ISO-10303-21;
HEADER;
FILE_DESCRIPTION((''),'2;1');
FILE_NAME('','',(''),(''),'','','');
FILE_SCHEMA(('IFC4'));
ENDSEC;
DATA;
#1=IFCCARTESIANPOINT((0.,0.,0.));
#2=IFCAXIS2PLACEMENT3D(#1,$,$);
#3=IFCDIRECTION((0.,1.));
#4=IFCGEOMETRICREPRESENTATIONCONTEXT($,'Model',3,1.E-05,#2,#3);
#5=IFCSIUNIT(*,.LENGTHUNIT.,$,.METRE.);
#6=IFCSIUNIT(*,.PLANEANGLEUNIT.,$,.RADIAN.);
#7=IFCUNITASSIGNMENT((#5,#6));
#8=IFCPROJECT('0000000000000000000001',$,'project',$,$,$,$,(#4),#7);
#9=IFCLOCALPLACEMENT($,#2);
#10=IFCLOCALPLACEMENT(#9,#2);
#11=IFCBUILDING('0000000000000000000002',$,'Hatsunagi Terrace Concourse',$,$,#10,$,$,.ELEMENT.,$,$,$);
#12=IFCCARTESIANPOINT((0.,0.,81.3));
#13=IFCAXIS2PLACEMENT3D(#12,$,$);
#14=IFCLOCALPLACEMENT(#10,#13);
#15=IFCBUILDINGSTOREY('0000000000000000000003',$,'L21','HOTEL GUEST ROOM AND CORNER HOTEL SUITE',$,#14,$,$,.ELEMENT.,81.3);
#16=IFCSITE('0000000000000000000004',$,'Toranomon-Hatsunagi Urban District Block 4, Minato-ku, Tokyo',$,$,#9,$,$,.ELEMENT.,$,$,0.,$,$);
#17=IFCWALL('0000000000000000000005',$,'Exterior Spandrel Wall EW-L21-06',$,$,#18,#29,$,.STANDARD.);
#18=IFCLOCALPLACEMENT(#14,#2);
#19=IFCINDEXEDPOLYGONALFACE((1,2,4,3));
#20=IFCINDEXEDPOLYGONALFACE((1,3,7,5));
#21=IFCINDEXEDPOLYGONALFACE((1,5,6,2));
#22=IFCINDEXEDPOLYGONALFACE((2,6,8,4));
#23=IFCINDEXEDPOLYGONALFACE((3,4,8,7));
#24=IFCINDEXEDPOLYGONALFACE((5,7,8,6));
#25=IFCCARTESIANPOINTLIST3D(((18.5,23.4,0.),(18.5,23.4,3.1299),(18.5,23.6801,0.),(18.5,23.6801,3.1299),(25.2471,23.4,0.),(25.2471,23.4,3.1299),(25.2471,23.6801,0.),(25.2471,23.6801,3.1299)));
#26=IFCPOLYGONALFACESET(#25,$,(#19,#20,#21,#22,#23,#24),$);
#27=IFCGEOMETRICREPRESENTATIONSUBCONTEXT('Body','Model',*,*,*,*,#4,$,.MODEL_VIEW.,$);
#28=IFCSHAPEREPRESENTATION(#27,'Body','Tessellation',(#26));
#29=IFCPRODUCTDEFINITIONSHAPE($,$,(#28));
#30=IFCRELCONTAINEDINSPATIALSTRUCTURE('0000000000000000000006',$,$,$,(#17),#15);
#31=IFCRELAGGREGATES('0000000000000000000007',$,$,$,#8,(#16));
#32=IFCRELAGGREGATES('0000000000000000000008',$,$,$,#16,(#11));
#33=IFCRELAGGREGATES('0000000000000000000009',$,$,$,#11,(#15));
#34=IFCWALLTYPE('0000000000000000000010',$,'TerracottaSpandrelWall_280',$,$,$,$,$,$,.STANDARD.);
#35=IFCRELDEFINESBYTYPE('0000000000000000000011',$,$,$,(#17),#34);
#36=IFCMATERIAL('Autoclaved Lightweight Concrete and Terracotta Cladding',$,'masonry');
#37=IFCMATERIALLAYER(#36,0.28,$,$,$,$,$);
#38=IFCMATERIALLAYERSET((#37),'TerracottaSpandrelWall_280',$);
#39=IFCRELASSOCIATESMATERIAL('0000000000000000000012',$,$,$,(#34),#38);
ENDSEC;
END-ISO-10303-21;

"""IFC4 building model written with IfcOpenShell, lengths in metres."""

from ifc_helpers import new_model, si_unit, direction, frame, frame_2d, origin, place, context, subcontext, project, spatial, rectangle, extrude, material, layer, layer_set, type_object, element, save


model = new_model("IFC4")

# Units and contexts
model_context = context("Model", 3, precision=1e-05, world=origin(), true_north=direction((0.0, 1.0)))
body_context = subcontext(model_context, "Body", "Model", "MODEL_VIEW")
ifc_project = project(units=[si_unit("LENGTHUNIT", "METRE"), si_unit("PLANEANGLEUNIT", "RADIAN")], contexts=[model_context])

# Site, building, storey
site_placement = place(None, origin())
site = spatial("IfcSite", under=ifc_project, at=site_placement, Name="Toranomon-Hatsunagi Urban District Block 4, Minato-ku, Tokyo", CompositionType="ELEMENT", RefElevation=0.0)
building_placement = place(site_placement, origin())
building = spatial("IfcBuilding", under=site, at=building_placement, Name="Hatsunagi Terrace Concourse", CompositionType="ELEMENT")
storey_placement = place(building_placement, frame((0.0, 0.0, 81.3)))
storey = spatial("IfcBuildingStorey", under=building, at=storey_placement, Name="L21", Description="HOTEL GUEST ROOM AND CORNER HOTEL SUITE", CompositionType="ELEMENT", Elevation=81.3)

# Wall
ifc_material_1 = material(Name="Autoclaved Lightweight Concrete and Terracotta Cladding", Category="masonry")
ifc_layer_1 = layer(ifc_material_1, 0.28)
ifc_layer_set_1 = layer_set([ifc_layer_1], Name="TerracottaSpandrelWall_280")
wall_type_1 = type_object("IfcWallType", Name="TerracottaSpandrelWall_280", PredefinedType="STANDARD", material=ifc_layer_set_1)
wall_1_placement = place(storey_placement, frame((25.2471, 23.54, 0.0), z_axis=(0.0, 0.0, 1.0), x_axis=(-1.0, 0.0, 0.0)))
element("IfcWall", 1, at=wall_1_placement, inside=storey, type_object=wall_type_1, Name="Exterior Spandrel Wall EW-L21-06", PredefinedType="STANDARD", context=body_context, shape_type="SweptSolid", body=[
    extrude(rectangle(XDim=6.7471, YDim=0.28, at=frame_2d((3.3735, 0.0))), origin(), (0.0, 0.0, 1.0), 3.1299),
])

save(model, "model.ifc")
